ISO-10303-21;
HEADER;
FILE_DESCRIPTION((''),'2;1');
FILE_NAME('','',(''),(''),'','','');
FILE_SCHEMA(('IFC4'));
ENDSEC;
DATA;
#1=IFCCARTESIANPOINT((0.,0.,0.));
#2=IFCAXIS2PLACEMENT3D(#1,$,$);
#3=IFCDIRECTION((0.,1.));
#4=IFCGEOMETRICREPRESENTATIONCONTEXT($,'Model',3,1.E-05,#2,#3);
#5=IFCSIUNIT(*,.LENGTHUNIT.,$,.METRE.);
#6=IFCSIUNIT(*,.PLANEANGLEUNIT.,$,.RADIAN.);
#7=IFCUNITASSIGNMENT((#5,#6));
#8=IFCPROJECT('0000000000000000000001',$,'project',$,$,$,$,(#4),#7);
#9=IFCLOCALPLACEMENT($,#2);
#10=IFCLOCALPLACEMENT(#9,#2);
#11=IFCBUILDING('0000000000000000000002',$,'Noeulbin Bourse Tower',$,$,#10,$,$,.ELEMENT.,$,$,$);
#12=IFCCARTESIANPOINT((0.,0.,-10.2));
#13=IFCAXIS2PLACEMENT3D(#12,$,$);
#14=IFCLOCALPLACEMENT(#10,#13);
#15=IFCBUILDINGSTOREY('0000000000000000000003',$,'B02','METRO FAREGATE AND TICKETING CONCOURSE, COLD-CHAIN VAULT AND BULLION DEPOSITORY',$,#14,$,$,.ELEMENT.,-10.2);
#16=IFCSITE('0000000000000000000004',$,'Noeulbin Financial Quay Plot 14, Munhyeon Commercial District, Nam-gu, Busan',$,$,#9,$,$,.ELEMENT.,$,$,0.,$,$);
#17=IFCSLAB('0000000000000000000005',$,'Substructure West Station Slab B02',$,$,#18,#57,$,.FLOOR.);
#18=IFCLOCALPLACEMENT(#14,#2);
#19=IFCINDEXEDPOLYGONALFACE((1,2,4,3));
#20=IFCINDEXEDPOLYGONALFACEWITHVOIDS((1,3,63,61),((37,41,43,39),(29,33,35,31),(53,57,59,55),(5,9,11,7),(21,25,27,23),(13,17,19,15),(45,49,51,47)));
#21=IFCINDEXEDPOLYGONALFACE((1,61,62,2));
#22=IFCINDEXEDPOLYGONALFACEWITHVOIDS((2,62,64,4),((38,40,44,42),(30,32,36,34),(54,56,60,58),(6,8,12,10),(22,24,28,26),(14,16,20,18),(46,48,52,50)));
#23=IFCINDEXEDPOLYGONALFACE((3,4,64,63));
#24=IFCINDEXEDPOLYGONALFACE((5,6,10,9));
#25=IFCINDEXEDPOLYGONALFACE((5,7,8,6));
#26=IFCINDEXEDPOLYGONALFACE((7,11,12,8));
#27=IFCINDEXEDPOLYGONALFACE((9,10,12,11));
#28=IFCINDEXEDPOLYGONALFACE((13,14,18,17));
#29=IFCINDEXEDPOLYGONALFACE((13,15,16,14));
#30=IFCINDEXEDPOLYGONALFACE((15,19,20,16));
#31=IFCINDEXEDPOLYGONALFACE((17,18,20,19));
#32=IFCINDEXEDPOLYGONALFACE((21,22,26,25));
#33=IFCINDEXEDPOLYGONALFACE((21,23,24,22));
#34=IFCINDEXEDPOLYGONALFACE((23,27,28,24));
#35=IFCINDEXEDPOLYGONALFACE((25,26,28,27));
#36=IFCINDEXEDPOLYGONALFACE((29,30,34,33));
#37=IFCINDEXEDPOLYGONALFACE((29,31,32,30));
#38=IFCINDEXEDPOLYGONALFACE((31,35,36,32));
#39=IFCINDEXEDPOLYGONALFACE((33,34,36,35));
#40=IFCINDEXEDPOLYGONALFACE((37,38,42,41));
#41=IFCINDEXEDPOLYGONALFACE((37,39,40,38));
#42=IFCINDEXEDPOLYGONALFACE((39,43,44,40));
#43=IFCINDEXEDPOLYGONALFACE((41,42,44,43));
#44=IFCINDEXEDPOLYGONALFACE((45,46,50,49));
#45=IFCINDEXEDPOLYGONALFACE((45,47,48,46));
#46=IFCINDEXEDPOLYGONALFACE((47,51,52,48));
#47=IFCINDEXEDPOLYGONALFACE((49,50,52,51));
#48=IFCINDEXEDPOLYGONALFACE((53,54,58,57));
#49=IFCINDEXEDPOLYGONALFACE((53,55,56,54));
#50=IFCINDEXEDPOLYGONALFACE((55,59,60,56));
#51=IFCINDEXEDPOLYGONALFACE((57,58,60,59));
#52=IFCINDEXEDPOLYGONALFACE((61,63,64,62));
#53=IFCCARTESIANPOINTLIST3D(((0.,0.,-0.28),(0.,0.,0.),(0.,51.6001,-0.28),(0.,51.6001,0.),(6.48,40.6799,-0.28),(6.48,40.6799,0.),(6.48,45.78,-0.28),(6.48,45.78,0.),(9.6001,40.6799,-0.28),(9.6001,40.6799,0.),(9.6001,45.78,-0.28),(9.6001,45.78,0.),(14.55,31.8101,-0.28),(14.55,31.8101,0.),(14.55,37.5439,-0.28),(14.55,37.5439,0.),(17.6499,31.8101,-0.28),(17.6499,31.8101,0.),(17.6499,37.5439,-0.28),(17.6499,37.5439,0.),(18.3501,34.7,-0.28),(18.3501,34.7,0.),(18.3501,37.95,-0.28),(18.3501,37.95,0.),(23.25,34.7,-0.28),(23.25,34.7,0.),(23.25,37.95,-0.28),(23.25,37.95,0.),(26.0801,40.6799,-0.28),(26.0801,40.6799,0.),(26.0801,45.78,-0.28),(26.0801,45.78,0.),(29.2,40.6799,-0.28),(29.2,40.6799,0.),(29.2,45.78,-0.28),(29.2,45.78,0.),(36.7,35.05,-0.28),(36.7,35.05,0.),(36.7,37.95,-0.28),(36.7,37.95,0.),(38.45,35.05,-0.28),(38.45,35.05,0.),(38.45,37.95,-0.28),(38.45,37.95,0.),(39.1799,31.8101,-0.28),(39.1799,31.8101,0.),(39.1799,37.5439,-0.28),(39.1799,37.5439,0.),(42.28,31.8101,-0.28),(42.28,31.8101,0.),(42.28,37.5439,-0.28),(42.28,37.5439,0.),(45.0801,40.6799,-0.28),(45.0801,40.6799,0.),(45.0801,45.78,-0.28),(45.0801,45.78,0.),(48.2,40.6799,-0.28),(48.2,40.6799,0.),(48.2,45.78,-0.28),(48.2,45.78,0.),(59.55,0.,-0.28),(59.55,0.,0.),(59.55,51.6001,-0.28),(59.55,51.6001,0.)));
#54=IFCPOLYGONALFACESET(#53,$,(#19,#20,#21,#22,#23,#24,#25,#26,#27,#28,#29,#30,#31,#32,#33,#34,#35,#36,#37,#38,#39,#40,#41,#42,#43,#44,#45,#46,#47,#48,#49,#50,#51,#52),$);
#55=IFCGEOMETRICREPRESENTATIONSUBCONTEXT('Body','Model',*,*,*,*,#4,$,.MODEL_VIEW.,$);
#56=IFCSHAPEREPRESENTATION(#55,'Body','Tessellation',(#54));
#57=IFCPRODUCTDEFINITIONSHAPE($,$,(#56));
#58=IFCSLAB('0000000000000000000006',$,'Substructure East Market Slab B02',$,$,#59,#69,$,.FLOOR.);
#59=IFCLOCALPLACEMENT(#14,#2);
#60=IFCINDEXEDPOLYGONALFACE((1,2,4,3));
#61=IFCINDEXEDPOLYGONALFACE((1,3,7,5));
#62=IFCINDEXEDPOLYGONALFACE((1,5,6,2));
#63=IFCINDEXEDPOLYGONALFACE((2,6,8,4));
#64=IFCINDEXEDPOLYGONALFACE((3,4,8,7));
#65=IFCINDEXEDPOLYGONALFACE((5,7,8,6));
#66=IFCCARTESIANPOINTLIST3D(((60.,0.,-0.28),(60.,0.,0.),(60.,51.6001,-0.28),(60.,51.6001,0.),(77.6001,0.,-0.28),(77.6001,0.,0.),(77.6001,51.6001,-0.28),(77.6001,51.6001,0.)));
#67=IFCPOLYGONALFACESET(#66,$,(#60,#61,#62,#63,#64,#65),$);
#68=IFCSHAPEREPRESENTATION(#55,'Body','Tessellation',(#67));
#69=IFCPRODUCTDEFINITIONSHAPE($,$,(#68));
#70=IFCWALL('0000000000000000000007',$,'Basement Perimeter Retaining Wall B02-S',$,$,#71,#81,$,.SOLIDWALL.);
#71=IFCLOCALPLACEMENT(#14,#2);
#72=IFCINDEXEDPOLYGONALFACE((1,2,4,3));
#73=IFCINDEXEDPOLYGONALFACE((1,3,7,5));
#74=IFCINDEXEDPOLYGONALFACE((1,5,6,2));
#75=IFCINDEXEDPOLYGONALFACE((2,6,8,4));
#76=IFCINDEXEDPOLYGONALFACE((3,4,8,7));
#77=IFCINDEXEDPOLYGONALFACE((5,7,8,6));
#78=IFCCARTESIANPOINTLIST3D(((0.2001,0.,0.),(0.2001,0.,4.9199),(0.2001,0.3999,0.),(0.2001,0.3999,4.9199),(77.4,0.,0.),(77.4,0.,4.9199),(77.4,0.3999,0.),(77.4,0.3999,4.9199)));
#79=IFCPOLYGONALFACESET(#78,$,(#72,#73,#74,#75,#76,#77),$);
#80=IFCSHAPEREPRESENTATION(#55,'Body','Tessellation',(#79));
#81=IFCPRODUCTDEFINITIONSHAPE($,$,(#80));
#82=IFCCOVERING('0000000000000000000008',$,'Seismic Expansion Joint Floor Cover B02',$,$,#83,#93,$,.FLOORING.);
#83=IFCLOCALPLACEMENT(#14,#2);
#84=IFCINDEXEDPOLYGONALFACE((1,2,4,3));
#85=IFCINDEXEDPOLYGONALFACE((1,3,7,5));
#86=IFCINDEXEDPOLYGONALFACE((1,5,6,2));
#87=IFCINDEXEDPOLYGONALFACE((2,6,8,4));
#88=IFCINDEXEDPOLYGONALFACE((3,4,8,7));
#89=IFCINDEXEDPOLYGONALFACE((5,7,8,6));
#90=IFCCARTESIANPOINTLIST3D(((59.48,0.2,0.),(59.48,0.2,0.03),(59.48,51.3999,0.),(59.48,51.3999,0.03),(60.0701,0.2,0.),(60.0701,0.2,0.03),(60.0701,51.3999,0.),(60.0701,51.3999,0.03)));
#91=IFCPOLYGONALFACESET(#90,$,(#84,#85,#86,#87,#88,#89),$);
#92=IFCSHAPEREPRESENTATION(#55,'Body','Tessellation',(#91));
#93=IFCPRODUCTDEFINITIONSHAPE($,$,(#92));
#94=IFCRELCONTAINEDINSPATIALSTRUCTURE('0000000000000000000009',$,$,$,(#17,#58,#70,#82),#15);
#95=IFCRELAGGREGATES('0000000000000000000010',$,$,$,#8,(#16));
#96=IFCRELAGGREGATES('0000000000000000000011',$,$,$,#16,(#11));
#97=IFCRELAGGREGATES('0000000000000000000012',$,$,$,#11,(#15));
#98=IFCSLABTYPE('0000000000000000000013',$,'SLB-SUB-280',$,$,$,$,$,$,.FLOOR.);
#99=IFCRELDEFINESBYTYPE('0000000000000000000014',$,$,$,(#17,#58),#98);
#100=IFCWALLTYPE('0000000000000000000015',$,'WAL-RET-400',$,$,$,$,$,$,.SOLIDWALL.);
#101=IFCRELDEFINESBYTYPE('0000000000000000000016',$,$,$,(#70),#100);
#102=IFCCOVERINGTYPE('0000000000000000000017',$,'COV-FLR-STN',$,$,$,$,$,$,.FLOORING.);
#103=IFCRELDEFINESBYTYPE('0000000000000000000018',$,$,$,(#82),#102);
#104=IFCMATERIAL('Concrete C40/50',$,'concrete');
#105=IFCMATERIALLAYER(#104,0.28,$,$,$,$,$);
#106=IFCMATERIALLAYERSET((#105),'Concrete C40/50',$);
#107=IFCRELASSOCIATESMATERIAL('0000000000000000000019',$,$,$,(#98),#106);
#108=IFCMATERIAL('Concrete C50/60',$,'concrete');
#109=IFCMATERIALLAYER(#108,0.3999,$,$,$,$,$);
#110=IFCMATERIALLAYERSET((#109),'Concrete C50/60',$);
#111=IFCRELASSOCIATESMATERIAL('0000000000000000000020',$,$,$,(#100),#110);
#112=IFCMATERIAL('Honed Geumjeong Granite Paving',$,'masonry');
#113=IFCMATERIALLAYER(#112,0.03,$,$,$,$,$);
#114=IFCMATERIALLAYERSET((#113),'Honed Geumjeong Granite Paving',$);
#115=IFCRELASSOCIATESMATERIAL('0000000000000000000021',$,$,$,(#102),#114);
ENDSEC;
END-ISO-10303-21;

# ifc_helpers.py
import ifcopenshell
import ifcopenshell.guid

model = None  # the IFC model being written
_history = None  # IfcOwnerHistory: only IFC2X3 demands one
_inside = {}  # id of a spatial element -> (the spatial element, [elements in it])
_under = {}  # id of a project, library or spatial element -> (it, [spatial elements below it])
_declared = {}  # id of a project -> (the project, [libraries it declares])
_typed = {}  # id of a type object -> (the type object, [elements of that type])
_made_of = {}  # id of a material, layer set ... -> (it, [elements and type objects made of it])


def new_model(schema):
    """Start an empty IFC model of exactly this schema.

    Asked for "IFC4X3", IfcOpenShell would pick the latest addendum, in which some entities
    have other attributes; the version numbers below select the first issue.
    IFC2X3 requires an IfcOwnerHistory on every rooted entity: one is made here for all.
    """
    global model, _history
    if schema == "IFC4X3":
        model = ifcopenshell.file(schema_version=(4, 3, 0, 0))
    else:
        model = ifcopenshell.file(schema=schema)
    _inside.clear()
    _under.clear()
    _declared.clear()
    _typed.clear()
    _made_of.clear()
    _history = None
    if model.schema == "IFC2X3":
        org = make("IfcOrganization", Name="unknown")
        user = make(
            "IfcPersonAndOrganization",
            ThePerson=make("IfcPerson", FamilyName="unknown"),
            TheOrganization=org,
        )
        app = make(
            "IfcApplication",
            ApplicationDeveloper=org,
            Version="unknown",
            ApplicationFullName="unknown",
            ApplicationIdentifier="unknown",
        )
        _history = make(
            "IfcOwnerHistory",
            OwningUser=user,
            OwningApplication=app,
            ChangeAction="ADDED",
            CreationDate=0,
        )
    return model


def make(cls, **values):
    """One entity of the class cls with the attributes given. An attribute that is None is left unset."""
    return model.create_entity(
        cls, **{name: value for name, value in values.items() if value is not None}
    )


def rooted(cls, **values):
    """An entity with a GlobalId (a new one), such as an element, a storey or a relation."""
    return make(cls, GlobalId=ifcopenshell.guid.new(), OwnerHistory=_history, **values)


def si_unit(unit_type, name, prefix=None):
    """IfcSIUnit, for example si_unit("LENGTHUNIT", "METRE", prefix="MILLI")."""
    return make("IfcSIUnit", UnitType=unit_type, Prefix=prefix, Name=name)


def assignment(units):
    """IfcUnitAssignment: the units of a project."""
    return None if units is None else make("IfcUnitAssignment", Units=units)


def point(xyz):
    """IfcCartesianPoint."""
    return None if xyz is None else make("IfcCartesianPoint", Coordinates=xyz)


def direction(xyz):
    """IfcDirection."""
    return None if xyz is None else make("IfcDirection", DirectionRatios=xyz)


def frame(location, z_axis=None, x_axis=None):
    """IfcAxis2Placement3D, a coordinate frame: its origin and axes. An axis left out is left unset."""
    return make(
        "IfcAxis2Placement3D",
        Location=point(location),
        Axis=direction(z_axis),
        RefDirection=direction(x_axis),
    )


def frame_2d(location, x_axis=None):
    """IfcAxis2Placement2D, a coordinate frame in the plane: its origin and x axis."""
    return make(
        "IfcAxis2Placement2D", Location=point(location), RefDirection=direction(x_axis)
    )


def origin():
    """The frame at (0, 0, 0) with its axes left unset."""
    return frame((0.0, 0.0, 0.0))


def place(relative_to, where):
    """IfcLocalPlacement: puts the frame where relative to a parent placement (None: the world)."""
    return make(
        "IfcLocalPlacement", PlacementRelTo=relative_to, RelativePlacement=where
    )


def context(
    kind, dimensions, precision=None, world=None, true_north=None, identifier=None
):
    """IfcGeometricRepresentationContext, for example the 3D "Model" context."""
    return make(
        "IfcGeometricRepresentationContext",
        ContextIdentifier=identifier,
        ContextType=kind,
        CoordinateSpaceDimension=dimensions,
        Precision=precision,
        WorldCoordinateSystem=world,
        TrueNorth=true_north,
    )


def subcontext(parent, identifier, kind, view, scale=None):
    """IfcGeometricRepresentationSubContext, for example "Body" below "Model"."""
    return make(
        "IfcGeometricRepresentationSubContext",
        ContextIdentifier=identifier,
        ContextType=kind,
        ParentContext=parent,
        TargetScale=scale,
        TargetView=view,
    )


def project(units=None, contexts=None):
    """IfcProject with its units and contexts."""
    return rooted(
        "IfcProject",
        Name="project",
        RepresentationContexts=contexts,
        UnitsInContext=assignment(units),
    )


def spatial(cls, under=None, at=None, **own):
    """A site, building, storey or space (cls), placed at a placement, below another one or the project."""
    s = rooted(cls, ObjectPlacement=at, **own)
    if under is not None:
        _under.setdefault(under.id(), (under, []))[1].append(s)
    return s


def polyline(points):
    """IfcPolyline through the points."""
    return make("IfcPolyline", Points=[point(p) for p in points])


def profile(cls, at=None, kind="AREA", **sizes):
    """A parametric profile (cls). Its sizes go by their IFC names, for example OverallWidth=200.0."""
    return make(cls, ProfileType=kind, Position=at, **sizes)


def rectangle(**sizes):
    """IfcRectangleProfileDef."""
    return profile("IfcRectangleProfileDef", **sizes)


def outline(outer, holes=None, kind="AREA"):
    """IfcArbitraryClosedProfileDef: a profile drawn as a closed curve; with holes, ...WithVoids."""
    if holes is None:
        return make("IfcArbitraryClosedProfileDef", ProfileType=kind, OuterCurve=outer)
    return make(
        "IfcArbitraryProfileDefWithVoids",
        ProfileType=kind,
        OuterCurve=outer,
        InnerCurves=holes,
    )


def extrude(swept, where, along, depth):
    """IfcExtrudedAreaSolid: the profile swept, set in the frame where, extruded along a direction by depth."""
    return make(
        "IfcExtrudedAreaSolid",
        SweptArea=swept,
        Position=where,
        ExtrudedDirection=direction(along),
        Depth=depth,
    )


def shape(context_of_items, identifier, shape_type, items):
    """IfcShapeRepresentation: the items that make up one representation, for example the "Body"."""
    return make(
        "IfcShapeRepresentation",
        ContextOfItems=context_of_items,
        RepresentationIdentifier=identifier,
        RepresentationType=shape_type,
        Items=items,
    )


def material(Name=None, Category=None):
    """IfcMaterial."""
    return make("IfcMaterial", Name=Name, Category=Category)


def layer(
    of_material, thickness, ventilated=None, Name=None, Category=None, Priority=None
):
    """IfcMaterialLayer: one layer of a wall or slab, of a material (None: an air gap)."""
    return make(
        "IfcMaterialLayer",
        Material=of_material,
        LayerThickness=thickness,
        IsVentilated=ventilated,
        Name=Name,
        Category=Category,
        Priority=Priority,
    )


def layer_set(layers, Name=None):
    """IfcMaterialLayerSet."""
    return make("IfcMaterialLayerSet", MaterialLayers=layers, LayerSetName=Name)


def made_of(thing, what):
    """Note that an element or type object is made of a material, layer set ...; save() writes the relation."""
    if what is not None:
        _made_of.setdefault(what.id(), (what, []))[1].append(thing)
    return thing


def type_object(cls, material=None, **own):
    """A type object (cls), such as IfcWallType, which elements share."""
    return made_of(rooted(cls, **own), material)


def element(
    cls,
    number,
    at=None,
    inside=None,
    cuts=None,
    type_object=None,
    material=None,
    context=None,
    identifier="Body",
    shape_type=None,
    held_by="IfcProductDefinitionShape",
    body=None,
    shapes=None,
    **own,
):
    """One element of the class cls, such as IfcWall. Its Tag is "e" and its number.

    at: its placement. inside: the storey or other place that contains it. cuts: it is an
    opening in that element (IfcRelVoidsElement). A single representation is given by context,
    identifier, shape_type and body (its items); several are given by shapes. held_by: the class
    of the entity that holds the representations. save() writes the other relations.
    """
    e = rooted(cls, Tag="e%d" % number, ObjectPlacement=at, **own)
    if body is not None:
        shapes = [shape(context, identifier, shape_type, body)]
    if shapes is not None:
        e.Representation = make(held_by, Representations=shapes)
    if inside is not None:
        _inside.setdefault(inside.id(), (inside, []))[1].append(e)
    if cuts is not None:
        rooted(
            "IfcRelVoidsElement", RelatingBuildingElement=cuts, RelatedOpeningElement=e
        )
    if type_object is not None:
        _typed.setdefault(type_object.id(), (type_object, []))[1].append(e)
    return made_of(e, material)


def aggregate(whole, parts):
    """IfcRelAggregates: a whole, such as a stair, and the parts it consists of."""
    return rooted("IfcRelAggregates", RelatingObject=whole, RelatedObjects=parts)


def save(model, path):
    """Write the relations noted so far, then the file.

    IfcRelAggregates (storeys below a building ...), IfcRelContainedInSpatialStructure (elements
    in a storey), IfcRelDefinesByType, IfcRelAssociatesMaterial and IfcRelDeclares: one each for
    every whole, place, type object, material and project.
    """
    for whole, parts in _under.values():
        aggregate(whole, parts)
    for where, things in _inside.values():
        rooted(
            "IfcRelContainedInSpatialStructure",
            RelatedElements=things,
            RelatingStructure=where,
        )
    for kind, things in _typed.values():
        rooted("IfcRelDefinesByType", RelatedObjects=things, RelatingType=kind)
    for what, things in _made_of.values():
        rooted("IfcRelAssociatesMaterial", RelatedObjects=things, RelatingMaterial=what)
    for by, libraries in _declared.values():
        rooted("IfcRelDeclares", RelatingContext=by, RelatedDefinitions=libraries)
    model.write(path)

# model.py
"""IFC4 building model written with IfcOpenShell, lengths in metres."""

from ifc_helpers import new_model, si_unit, direction, frame, frame_2d, origin, place, context, subcontext, project, spatial, polyline, rectangle, outline, extrude, material, layer, layer_set, type_object, element, save


model = new_model("IFC4")

# Units and contexts
model_context = context("Model", 3, precision=1e-05, world=origin(), true_north=direction((0.0, 1.0)))
body_context = subcontext(model_context, "Body", "Model", "MODEL_VIEW")
ifc_project = project(units=[si_unit("LENGTHUNIT", "METRE"), si_unit("PLANEANGLEUNIT", "RADIAN")], contexts=[model_context])

# Site, building, storey
site_placement = place(None, origin())
site = spatial("IfcSite", under=ifc_project, at=site_placement, Name="Noeulbin Financial Quay Plot 14, Munhyeon Commercial District, Nam-gu, Busan", CompositionType="ELEMENT", RefElevation=0.0)
building_placement = place(site_placement, origin())
building = spatial("IfcBuilding", under=site, at=building_placement, Name="Noeulbin Bourse Tower", CompositionType="ELEMENT")
storey_placement = place(building_placement, frame((0.0, 0.0, -10.2)))
storey = spatial("IfcBuildingStorey", under=building, at=storey_placement, Name="B02", Description="METRO FAREGATE AND TICKETING CONCOURSE, COLD-CHAIN VAULT AND BULLION DEPOSITORY", CompositionType="ELEMENT", Elevation=-10.2)

# Shared definitions
ifc_material_1 = material(Name="Concrete C50/60", Category="concrete")

# Shared definitions
ifc_material_2 = material(Name="Concrete C40/50", Category="concrete")

# Slab, openings
ifc_layer_1 = layer(ifc_material_2, 0.28)
ifc_layer_set_1 = layer_set([ifc_layer_1], Name="Concrete C40/50")
slab_type_1 = type_object("IfcSlabType", Name="SLB-SUB-280", PredefinedType="FLOOR", material=ifc_layer_set_1)
slab_1_placement = place(storey_placement, frame((0.0, 0.0, -0.28)))
slab_1 = element("IfcSlab", 1, at=slab_1_placement, inside=storey, type_object=slab_type_1, Name="Substructure West Station Slab B02", PredefinedType="FLOOR", context=body_context, shape_type="SweptSolid", body=[
    extrude(outline(polyline([(0.0, 0.0), (59.55, 0.0), (59.55, 51.6001), (0.0, 51.6001), (0.0, 0.0)]), holes=[polyline([(17.6499, 31.8101), (17.6499, 37.5439), (14.55, 37.5439), (14.55, 31.8101), (17.6499, 31.8101)]), polyline([(42.28, 31.8101), (42.28, 37.5439), (39.1799, 37.5439), (39.1799, 31.8101), (42.28, 31.8101)]), polyline([(9.6001, 40.6799), (9.6001, 45.78), (6.48, 45.78), (6.48, 40.6799), (9.6001, 40.6799)]), polyline([(29.2, 40.6799), (29.2, 45.78), (26.0801, 45.78), (26.0801, 40.6799), (29.2, 40.6799)]), polyline([(48.2, 40.6799), (48.2, 45.78), (45.0801, 45.78), (45.0801, 40.6799), (48.2, 40.6799)]), polyline([(18.3501, 34.7), (23.25, 34.7), (23.25, 37.95), (18.3501, 37.95), (18.3501, 34.7)]), polyline([(36.7, 35.05), (38.45, 35.05), (38.45, 37.95), (36.7, 37.95), (36.7, 35.05)])]), origin(), (0.0, 0.0, 1.0), 0.28),
])
opening_1_placement = place(slab_1_placement, frame((0.0, 0.0, -0.01)))
element("IfcOpeningElement", 2, at=opening_1_placement, cuts=slab_1, PredefinedType="OPENING", context=body_context, shape_type="SweptSolid", body=[
    extrude(outline(polyline([(17.6499, 31.8101), (17.6499, 37.5439), (14.55, 37.5439), (14.55, 31.8101), (17.6499, 31.8101)])), origin(), (0.0, 0.0, 1.0), 0.3),
])
opening_2_placement = place(slab_1_placement, frame((0.0, 0.0, -0.01)))
element("IfcOpeningElement", 3, at=opening_2_placement, cuts=slab_1, PredefinedType="OPENING", context=body_context, shape_type="SweptSolid", body=[
    extrude(outline(polyline([(42.28, 31.8101), (42.28, 37.5439), (39.1799, 37.5439), (39.1799, 31.8101), (42.28, 31.8101)])), origin(), (0.0, 0.0, 1.0), 0.3),
])
opening_3_placement = place(slab_1_placement, frame((0.0, 0.0, -0.01)))
element("IfcOpeningElement", 4, at=opening_3_placement, cuts=slab_1, PredefinedType="OPENING", context=body_context, shape_type="SweptSolid", body=[
    extrude(outline(polyline([(9.6001, 40.6799), (9.6001, 45.78), (6.48, 45.78), (6.48, 40.6799), (9.6001, 40.6799)])), origin(), (0.0, 0.0, 1.0), 0.3),
])
opening_4_placement = place(slab_1_placement, frame((0.0, 0.0, -0.01)))
element("IfcOpeningElement", 5, at=opening_4_placement, cuts=slab_1, PredefinedType="OPENING", context=body_context, shape_type="SweptSolid", body=[
    extrude(outline(polyline([(29.2, 40.6799), (29.2, 45.78), (26.0801, 45.78), (26.0801, 40.6799), (29.2, 40.6799)])), origin(), (0.0, 0.0, 1.0), 0.3),
])
opening_5_placement = place(slab_1_placement, frame((0.0, 0.0, -0.01)))
element("IfcOpeningElement", 6, at=opening_5_placement, cuts=slab_1, PredefinedType="OPENING", context=body_context, shape_type="SweptSolid", body=[
    extrude(outline(polyline([(48.2, 40.6799), (48.2, 45.78), (45.0801, 45.78), (45.0801, 40.6799), (48.2, 40.6799)])), origin(), (0.0, 0.0, 1.0), 0.3),
])
opening_6_placement = place(slab_1_placement, frame((0.0, 0.0, -0.01)))
element("IfcOpeningElement", 7, at=opening_6_placement, cuts=slab_1, PredefinedType="OPENING", context=body_context, shape_type="SweptSolid", body=[
    extrude(outline(polyline([(18.3501, 34.7), (23.25, 34.7), (23.25, 37.95), (18.3501, 37.95), (18.3501, 34.7)])), origin(), (0.0, 0.0, 1.0), 0.3),
])
opening_7_placement = place(slab_1_placement, frame((0.0, 0.0, -0.01)))
element("IfcOpeningElement", 8, at=opening_7_placement, cuts=slab_1, PredefinedType="OPENING", context=body_context, shape_type="SweptSolid", body=[
    extrude(outline(polyline([(36.7, 35.05), (38.45, 35.05), (38.45, 37.95), (36.7, 37.95), (36.7, 35.05)])), origin(), (0.0, 0.0, 1.0), 0.3),
])

# Slab
slab_2_placement = place(storey_placement, frame((0.0, 0.0, -0.28)))
element("IfcSlab", 9, at=slab_2_placement, inside=storey, type_object=slab_type_1, Name="Substructure East Market Slab B02", PredefinedType="FLOOR", context=body_context, shape_type="SweptSolid", body=[
    extrude(outline(polyline([(60.0, 0.0), (77.6001, 0.0), (77.6001, 51.6001), (60.0, 51.6001), (60.0, 0.0)])), origin(), (0.0, 0.0, 1.0), 0.28),
])

# Wall
ifc_layer_2 = layer(ifc_material_1, 0.3999)
ifc_layer_set_2 = layer_set([ifc_layer_2], Name="Concrete C50/60")
wall_type = type_object("IfcWallType", Name="WAL-RET-400", PredefinedType="SOLIDWALL", material=ifc_layer_set_2)
wall_placement = place(storey_placement, frame((0.2, 0.2, 0.0), z_axis=(0.0, 0.0, 1.0), x_axis=(1.0, 0.0, 0.0)))
element("IfcWall", 10, at=wall_placement, inside=storey, type_object=wall_type, Name="Basement Perimeter Retaining Wall B02-S", PredefinedType="SOLIDWALL", context=body_context, shape_type="SweptSolid", body=[
    extrude(rectangle(XDim=77.2, YDim=0.3999, at=frame_2d((38.6001, 0.0))), origin(), (0.0, 0.0, 1.0), 4.9199),
])

# Covering
ifc_material_3 = material(Name="Honed Geumjeong Granite Paving", Category="masonry")
ifc_layer_3 = layer(ifc_material_3, 0.03)
ifc_layer_set_3 = layer_set([ifc_layer_3], Name="Honed Geumjeong Granite Paving")
covering_type = type_object("IfcCoveringType", Name="COV-FLR-STN", PredefinedType="FLOORING", material=ifc_layer_set_3)
covering_placement = place(storey_placement, origin())
element("IfcCovering", 11, at=covering_placement, inside=storey, type_object=covering_type, Name="Seismic Expansion Joint Floor Cover B02", PredefinedType="FLOORING", context=body_context, shape_type="SweptSolid", body=[
    extrude(outline(polyline([(59.48, 0.2), (60.0701, 0.2), (60.0701, 51.3999), (59.48, 51.3999), (59.48, 0.2)])), origin(), (0.0, 0.0, 1.0), 0.03),
])

save(model, "model.ifc")
